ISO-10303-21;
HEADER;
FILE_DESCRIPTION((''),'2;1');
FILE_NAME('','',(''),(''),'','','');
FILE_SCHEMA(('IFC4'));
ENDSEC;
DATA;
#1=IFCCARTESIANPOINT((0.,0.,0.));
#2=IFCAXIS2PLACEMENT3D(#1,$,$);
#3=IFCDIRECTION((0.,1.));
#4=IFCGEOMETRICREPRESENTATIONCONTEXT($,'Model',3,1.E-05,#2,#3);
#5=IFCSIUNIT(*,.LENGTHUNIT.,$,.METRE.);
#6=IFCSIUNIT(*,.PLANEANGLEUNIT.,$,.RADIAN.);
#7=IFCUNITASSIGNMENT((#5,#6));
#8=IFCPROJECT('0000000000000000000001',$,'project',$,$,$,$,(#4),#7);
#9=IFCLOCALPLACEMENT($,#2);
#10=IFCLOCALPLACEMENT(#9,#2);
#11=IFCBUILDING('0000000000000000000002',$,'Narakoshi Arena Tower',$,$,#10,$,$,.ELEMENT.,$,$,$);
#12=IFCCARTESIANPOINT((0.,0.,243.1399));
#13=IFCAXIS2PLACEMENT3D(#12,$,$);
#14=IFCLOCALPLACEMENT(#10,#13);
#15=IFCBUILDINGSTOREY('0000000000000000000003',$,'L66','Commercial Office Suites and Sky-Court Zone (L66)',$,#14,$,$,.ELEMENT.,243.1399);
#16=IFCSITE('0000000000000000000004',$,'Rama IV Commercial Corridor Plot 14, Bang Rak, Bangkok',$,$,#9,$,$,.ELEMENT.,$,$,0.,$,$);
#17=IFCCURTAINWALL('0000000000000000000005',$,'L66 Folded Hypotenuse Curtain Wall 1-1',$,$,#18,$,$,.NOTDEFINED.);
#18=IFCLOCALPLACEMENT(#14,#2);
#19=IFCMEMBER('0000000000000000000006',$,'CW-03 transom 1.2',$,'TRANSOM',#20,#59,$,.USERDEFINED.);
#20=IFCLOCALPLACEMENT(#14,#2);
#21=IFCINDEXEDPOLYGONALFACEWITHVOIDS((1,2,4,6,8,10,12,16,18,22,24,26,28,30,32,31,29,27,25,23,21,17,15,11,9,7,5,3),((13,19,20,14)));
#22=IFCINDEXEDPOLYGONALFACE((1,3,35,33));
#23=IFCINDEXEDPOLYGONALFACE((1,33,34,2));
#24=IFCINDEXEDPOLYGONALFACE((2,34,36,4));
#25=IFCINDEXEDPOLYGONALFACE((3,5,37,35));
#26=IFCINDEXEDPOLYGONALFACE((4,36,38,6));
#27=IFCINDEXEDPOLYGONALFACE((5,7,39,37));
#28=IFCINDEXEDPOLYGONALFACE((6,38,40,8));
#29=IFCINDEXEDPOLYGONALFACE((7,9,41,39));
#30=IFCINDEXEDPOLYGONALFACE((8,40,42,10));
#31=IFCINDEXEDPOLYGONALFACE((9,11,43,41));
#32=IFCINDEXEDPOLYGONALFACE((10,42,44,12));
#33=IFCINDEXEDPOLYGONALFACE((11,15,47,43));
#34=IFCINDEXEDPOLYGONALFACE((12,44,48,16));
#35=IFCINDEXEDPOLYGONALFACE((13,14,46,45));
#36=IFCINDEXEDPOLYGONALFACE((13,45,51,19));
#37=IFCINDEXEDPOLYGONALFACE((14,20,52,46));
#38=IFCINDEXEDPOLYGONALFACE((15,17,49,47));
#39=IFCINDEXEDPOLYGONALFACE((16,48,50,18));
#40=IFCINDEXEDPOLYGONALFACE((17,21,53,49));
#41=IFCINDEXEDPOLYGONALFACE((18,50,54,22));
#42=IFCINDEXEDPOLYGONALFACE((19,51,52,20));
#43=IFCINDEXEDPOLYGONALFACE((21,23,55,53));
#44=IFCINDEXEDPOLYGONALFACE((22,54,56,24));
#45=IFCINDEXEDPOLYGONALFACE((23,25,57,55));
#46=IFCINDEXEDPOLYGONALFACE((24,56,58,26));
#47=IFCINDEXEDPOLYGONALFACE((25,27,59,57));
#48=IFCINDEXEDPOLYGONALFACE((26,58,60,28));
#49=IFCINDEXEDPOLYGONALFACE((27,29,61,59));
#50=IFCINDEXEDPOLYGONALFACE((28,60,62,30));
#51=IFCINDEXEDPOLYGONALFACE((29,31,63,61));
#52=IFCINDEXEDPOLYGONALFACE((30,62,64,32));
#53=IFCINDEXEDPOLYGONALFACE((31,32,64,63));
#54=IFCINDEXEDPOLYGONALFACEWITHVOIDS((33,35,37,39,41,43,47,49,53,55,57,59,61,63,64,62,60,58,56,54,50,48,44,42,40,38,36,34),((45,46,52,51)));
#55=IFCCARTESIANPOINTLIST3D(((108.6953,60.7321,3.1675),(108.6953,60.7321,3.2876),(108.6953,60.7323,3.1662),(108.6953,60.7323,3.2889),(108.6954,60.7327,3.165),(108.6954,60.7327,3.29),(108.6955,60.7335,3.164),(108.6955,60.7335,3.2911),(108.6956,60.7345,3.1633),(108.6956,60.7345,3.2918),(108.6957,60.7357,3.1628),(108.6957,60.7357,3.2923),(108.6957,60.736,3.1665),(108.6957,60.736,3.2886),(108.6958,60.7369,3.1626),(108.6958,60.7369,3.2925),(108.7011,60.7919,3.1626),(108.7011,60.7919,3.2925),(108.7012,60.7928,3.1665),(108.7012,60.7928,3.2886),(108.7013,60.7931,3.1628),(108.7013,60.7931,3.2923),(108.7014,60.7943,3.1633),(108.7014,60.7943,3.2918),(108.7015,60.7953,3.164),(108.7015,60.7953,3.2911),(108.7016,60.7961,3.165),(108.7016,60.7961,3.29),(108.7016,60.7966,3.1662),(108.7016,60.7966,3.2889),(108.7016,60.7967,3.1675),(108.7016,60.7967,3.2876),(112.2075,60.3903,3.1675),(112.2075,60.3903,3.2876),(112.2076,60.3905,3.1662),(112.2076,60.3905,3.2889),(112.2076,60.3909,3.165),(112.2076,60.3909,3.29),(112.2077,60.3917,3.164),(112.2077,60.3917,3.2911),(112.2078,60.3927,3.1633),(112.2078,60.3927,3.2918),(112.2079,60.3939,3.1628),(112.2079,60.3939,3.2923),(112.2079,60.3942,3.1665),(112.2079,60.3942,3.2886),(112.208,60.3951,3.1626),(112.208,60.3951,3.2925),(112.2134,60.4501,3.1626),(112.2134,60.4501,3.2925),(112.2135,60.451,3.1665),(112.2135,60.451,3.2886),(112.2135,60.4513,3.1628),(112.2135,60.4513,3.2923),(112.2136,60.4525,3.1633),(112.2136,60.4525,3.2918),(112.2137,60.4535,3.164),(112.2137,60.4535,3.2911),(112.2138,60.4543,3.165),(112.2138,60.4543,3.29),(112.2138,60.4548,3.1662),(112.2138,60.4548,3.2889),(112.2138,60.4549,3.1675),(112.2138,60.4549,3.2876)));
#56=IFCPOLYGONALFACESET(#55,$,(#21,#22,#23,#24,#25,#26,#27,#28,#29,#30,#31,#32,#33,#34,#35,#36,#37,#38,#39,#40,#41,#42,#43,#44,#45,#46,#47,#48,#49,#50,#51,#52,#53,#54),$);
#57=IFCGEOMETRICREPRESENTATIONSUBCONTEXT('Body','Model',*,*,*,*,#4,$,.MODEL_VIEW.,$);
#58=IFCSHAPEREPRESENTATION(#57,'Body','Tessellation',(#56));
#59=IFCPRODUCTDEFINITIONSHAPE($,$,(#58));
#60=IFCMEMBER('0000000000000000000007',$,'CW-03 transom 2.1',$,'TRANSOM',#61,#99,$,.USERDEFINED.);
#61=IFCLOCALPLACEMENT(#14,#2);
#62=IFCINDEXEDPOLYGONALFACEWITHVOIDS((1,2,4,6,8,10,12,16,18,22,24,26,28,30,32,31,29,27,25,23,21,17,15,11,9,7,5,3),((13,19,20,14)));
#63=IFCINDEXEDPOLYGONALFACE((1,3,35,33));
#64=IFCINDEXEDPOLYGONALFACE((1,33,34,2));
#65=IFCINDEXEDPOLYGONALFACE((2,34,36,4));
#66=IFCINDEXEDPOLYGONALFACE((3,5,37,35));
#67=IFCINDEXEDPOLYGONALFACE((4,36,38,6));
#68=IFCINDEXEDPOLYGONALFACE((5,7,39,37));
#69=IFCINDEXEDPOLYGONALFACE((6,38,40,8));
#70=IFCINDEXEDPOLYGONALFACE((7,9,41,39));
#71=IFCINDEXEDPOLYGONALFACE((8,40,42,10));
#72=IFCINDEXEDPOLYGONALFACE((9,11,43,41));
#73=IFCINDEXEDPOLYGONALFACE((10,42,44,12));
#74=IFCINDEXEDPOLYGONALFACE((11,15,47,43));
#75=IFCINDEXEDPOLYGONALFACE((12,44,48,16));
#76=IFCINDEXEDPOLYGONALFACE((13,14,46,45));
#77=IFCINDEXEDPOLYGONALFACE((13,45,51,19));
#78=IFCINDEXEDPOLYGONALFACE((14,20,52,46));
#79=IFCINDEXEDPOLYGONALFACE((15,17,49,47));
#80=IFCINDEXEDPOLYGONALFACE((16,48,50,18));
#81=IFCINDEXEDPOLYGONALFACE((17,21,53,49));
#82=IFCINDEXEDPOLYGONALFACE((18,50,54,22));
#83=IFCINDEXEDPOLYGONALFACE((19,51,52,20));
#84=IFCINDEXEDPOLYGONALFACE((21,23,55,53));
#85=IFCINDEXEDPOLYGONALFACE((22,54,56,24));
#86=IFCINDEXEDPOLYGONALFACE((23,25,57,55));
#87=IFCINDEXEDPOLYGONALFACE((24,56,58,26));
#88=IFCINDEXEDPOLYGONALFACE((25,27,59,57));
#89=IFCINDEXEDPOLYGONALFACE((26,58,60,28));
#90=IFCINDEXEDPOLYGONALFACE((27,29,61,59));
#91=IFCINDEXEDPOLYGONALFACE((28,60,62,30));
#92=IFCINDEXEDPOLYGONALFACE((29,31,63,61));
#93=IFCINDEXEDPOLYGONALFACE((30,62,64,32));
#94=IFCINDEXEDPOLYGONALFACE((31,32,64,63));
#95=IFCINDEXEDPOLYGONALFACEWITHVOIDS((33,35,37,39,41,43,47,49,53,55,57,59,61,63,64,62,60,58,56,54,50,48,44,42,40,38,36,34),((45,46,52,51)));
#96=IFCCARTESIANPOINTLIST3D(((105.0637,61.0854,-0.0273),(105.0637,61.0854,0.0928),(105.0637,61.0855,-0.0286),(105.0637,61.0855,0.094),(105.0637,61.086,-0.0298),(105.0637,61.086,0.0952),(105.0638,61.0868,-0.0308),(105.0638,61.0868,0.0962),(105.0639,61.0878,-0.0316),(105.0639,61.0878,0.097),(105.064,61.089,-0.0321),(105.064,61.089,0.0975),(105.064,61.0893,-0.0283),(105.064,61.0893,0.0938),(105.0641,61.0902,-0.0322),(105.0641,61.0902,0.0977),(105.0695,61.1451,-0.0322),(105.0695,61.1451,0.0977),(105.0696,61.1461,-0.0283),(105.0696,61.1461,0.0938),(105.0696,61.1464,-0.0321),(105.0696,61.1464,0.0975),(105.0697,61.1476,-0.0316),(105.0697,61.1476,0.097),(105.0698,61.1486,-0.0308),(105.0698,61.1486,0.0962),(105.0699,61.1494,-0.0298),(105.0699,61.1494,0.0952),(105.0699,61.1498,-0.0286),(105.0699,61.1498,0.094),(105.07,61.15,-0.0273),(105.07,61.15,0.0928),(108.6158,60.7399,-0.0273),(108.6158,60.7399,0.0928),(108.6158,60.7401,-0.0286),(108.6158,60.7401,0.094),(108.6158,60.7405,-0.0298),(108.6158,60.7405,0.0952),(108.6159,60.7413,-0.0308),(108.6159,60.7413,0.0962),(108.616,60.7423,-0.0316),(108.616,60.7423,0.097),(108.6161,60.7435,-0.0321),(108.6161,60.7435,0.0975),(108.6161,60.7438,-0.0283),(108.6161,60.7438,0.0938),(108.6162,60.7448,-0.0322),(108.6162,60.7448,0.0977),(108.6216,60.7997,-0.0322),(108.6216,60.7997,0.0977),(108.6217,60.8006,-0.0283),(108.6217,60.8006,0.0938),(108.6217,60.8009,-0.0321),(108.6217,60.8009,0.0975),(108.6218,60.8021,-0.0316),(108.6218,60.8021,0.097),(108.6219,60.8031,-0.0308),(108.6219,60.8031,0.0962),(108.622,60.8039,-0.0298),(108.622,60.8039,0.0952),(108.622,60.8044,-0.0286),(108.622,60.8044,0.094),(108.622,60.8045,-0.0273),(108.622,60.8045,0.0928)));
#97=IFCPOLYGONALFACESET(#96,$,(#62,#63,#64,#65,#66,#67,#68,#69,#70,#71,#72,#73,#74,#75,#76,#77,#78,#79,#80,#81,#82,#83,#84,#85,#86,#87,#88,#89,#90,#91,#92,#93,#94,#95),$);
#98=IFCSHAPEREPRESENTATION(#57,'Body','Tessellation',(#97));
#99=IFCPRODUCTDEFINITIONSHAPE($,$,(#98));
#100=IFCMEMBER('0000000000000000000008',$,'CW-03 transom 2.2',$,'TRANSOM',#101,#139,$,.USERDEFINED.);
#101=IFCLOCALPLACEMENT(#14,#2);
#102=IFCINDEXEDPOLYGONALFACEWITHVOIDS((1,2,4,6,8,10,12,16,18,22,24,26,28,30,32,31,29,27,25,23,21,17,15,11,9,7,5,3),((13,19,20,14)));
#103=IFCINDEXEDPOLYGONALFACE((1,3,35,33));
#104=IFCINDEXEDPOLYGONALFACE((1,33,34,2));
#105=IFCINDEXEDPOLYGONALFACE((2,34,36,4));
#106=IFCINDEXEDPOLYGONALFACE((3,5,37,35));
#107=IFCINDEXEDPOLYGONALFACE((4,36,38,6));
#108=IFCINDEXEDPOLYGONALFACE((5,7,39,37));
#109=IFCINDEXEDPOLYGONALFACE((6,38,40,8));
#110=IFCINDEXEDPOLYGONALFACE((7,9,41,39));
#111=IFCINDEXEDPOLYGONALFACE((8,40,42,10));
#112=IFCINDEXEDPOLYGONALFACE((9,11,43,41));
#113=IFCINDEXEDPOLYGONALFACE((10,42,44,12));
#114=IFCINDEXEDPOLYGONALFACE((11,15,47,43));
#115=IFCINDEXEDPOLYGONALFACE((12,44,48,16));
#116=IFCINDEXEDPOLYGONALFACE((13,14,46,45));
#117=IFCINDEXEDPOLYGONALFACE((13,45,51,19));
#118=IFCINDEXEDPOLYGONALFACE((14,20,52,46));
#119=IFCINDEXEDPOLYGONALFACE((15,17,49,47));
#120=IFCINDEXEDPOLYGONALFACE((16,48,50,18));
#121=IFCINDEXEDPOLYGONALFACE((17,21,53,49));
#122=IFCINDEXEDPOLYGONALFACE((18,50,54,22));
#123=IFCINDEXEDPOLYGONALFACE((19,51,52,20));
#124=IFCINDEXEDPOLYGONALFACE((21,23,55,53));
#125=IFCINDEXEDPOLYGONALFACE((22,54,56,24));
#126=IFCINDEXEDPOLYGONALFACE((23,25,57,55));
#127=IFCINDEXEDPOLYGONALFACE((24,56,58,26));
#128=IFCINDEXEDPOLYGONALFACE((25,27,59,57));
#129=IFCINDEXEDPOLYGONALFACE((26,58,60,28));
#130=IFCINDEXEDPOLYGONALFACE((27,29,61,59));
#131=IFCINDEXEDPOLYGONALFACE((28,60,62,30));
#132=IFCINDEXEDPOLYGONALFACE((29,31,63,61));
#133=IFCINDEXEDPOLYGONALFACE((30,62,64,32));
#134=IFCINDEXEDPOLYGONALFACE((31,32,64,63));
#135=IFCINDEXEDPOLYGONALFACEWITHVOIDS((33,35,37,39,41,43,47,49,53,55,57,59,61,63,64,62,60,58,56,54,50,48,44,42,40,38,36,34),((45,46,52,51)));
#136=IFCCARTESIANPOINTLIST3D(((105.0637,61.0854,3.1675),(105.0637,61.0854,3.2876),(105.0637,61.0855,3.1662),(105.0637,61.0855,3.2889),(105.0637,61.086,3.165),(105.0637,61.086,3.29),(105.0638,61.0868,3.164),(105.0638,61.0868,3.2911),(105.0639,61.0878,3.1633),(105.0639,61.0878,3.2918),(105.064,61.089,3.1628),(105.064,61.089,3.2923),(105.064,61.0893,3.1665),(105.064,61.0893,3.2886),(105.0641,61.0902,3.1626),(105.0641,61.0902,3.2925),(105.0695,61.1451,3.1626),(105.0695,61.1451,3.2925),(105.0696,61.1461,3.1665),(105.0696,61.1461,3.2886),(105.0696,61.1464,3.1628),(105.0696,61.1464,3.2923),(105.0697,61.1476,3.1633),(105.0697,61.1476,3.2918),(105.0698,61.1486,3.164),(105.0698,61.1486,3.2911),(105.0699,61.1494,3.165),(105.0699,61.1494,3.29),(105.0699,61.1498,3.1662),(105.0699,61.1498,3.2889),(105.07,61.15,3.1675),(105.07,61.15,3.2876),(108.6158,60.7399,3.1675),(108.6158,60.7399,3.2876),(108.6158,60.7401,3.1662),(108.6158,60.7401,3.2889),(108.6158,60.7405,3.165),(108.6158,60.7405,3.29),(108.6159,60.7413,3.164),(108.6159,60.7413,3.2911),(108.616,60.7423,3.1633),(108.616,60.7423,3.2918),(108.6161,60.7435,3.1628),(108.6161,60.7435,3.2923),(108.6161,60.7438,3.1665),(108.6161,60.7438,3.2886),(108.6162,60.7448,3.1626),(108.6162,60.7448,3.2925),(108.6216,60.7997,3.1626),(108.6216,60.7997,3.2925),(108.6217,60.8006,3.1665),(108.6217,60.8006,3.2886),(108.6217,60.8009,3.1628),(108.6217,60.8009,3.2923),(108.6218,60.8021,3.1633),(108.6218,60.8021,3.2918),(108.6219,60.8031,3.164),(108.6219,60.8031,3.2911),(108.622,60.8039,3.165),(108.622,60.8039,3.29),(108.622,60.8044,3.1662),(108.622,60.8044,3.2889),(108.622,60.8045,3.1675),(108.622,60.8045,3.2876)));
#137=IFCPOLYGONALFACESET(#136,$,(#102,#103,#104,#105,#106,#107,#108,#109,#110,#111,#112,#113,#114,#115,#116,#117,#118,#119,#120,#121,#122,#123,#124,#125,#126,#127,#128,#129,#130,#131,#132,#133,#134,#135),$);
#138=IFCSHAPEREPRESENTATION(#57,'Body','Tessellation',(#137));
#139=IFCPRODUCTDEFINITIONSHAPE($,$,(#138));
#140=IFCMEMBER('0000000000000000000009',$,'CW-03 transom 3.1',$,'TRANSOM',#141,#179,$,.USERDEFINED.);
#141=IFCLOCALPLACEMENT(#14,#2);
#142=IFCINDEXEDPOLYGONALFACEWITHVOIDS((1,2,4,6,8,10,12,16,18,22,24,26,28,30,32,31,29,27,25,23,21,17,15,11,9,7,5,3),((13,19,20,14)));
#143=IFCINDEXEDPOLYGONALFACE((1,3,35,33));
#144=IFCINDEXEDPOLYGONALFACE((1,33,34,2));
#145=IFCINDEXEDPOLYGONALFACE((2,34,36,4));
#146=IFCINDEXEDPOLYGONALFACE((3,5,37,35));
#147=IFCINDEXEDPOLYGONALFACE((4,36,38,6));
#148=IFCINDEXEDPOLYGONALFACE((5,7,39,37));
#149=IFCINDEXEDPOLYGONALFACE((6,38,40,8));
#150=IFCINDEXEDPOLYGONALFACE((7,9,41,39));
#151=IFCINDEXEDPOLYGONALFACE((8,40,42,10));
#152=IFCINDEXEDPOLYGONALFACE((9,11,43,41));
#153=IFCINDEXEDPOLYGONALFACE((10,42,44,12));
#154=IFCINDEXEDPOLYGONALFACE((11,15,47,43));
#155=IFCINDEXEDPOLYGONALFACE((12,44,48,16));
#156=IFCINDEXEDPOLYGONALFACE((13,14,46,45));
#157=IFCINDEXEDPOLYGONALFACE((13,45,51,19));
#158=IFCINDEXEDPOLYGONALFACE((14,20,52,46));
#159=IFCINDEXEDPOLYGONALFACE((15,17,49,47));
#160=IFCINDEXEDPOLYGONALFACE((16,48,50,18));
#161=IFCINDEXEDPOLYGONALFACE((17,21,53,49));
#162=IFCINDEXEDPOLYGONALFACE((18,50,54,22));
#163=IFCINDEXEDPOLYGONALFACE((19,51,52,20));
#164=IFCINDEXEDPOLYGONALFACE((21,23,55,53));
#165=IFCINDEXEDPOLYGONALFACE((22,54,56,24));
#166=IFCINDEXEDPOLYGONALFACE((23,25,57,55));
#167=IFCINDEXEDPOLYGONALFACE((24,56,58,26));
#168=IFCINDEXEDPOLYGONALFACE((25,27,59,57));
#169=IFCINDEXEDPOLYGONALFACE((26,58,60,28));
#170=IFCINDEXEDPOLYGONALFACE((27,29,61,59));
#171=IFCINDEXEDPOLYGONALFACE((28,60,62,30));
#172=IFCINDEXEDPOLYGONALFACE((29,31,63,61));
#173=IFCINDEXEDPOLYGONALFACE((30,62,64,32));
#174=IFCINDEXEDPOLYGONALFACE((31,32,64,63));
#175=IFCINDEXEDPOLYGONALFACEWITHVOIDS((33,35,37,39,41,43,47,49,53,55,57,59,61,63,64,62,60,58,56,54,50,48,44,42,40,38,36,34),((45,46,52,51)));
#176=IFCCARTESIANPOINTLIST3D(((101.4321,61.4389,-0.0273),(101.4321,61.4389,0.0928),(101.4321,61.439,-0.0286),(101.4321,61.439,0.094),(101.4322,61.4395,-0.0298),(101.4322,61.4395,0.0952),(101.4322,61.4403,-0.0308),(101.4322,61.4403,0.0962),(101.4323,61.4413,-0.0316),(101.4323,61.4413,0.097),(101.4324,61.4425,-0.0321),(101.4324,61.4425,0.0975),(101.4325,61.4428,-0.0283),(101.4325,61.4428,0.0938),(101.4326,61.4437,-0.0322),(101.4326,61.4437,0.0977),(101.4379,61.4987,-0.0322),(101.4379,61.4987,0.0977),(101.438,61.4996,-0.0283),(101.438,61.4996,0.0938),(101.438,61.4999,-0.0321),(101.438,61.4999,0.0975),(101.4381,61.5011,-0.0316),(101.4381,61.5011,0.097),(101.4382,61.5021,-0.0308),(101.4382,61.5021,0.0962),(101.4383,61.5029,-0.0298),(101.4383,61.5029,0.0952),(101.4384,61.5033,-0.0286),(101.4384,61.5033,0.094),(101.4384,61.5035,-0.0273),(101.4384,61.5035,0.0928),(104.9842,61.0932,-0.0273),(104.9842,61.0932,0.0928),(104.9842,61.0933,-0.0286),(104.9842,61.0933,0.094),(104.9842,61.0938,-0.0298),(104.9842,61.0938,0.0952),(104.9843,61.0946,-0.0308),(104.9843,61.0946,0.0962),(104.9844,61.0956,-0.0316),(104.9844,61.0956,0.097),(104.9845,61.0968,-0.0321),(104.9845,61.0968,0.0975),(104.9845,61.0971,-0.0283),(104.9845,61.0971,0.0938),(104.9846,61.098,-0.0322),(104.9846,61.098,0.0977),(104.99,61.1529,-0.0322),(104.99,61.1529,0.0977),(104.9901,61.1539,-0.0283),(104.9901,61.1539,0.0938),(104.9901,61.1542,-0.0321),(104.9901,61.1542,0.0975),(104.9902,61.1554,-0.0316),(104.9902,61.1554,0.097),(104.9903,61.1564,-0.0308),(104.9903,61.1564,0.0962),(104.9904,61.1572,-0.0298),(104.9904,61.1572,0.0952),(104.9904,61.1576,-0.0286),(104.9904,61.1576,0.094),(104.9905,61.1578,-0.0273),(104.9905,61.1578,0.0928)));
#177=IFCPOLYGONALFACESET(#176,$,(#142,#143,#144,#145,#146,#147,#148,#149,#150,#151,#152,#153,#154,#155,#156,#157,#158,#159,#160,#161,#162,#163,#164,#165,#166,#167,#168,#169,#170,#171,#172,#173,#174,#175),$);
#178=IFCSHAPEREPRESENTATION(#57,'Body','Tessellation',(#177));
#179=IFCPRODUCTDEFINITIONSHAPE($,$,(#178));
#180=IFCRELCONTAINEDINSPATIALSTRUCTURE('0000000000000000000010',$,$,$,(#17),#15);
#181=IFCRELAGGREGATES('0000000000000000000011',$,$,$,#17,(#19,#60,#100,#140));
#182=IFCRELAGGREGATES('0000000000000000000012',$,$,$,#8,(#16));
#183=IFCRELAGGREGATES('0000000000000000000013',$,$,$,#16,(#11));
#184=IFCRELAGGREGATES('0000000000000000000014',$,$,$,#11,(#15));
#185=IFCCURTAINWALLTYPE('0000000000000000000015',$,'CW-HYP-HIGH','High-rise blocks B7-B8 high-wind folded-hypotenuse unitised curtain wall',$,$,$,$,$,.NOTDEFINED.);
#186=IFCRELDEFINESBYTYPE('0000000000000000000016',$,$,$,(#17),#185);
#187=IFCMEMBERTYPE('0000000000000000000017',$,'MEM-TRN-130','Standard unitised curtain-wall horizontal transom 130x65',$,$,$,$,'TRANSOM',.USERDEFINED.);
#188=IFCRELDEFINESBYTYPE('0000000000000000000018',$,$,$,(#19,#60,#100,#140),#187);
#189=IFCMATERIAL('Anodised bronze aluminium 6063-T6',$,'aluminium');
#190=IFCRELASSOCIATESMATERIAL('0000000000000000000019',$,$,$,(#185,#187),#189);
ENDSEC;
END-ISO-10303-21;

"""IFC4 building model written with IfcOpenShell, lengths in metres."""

from ifc_helpers import new_model, si_unit, direction, frame, origin, origin_2d, place, context, subcontext, project, spatial, hollow_rectangle, extrude, material, material_profile, profile_set, type_object, element, aggregate, save


model = new_model("IFC4")

# Units and contexts
model_context = context("Model", 3, precision=1e-05, world=origin(), true_north=direction((0.0, 1.0)))
body_context = subcontext(model_context, "Body", "Model", "MODEL_VIEW")
ifc_project = project(units=[si_unit("LENGTHUNIT", "METRE"), si_unit("PLANEANGLEUNIT", "RADIAN")], contexts=[model_context])

# Site, building, storey
site_placement = place(None, origin())
site = spatial("IfcSite", under=ifc_project, at=site_placement, Name="Rama IV Commercial Corridor Plot 14, Bang Rak, Bangkok", CompositionType="ELEMENT", RefElevation=0.0)
building_placement = place(site_placement, origin())
building = spatial("IfcBuilding", under=site, at=building_placement, Name="Narakoshi Arena Tower", CompositionType="ELEMENT")
storey_placement = place(building_placement, frame((0.0, 0.0, 243.1399)))
storey = spatial("IfcBuildingStorey", under=building, at=storey_placement, Name="L66", Description="Commercial Office Suites and Sky-Court Zone (L66)", CompositionType="ELEMENT", Elevation=243.1399)

# Curtain wall, members
ifc_material_1 = material(Name="Anodised bronze aluminium 6063-T6", Category="aluminium")
curtain_wall_type = type_object("IfcCurtainWallType", Name="CW-HYP-HIGH", Description="High-rise blocks B7-B8 high-wind folded-hypotenuse unitised curtain wall", PredefinedType="NOTDEFINED", material=ifc_material_1)
curtain_wall_placement = place(storey_placement, origin())
curtain_wall = element("IfcCurtainWall", 1, at=curtain_wall_placement, inside=storey, type_object=curtain_wall_type, Name="L66 Folded Hypotenuse Curtain Wall 1-1", PredefinedType="NOTDEFINED")
ifc_material_profile_1 = material_profile(ifc_material_1, hollow_rectangle(XDim=0.0649, YDim=0.1299, WallThickness=0.0039, OuterFilletRadius=0.0049, at=origin_2d()), Name="TRN130x65x4")
ifc_profile_set_1 = profile_set([ifc_material_profile_1], Name="Anodised bronze aluminium 6063-T6")
member_type_1 = type_object("IfcMemberType", Name="MEM-TRN-130", Description="Standard unitised curtain-wall horizontal transom 130x65", ElementType="TRANSOM", PredefinedType="USERDEFINED", material=ifc_profile_set_1)
member_1_placement = place(storey_placement, frame((112.2107, 60.4226, 3.2275), z_axis=(-0.995298, 0.096859, 0.0), x_axis=(-0.096859, -0.995298, 0.0)))
member_1 = element("IfcMember", 2, at=member_1_placement, type_object=member_type_1, Name="CW-03 transom 1.2", ObjectType="TRANSOM", PredefinedType="USERDEFINED", context=body_context, shape_type="SweptSolid", body=[
    extrude(hollow_rectangle(XDim=0.0649, YDim=0.1299, WallThickness=0.0039, OuterFilletRadius=0.0049, at=origin_2d()), origin(), (0.0, 0.0, 1.0), 3.5288),
])
member_2_placement = place(storey_placement, frame((108.6189, 60.7722, 0.0327), z_axis=(-0.995304, 0.096801, 0.0), x_axis=(-0.096801, -0.995304, 0.0)))
member_2 = element("IfcMember", 3, at=member_2_placement, type_object=member_type_1, Name="CW-03 transom 2.1", ObjectType="TRANSOM", PredefinedType="USERDEFINED", context=body_context, shape_type="SweptSolid", body=[
    extrude(hollow_rectangle(XDim=0.0649, YDim=0.1299, WallThickness=0.0039, OuterFilletRadius=0.0049, at=origin_2d()), origin(), (0.0, 0.0, 1.0), 3.5688),
])
member_3_placement = place(storey_placement, frame((108.6189, 60.7722, 3.2275), z_axis=(-0.995304, 0.096801, 0.0), x_axis=(-0.096801, -0.995304, 0.0)))
member_3 = element("IfcMember", 4, at=member_3_placement, type_object=member_type_1, Name="CW-03 transom 2.2", ObjectType="TRANSOM", PredefinedType="USERDEFINED", context=body_context, shape_type="SweptSolid", body=[
    extrude(hollow_rectangle(XDim=0.0649, YDim=0.1299, WallThickness=0.0039, OuterFilletRadius=0.0049, at=origin_2d()), origin(), (0.0, 0.0, 1.0), 3.5688),
])
member_4_placement = place(storey_placement, frame((104.9873, 61.1255, 0.0327), z_axis=(-0.995297, 0.096869, 0.0), x_axis=(-0.096869, -0.995297, 0.0)))
member_4 = element("IfcMember", 5, at=member_4_placement, type_object=member_type_1, Name="CW-03 transom 3.1", ObjectType="TRANSOM", PredefinedType="USERDEFINED", context=body_context, shape_type="SweptSolid", body=[
    extrude(hollow_rectangle(XDim=0.0649, YDim=0.1299, WallThickness=0.0039, OuterFilletRadius=0.0049, at=origin_2d()), origin(), (0.0, 0.0, 1.0), 3.5688),
])
aggregate(curtain_wall, [member_1, member_2, member_3, member_4])

save(model, "model.ifc")
